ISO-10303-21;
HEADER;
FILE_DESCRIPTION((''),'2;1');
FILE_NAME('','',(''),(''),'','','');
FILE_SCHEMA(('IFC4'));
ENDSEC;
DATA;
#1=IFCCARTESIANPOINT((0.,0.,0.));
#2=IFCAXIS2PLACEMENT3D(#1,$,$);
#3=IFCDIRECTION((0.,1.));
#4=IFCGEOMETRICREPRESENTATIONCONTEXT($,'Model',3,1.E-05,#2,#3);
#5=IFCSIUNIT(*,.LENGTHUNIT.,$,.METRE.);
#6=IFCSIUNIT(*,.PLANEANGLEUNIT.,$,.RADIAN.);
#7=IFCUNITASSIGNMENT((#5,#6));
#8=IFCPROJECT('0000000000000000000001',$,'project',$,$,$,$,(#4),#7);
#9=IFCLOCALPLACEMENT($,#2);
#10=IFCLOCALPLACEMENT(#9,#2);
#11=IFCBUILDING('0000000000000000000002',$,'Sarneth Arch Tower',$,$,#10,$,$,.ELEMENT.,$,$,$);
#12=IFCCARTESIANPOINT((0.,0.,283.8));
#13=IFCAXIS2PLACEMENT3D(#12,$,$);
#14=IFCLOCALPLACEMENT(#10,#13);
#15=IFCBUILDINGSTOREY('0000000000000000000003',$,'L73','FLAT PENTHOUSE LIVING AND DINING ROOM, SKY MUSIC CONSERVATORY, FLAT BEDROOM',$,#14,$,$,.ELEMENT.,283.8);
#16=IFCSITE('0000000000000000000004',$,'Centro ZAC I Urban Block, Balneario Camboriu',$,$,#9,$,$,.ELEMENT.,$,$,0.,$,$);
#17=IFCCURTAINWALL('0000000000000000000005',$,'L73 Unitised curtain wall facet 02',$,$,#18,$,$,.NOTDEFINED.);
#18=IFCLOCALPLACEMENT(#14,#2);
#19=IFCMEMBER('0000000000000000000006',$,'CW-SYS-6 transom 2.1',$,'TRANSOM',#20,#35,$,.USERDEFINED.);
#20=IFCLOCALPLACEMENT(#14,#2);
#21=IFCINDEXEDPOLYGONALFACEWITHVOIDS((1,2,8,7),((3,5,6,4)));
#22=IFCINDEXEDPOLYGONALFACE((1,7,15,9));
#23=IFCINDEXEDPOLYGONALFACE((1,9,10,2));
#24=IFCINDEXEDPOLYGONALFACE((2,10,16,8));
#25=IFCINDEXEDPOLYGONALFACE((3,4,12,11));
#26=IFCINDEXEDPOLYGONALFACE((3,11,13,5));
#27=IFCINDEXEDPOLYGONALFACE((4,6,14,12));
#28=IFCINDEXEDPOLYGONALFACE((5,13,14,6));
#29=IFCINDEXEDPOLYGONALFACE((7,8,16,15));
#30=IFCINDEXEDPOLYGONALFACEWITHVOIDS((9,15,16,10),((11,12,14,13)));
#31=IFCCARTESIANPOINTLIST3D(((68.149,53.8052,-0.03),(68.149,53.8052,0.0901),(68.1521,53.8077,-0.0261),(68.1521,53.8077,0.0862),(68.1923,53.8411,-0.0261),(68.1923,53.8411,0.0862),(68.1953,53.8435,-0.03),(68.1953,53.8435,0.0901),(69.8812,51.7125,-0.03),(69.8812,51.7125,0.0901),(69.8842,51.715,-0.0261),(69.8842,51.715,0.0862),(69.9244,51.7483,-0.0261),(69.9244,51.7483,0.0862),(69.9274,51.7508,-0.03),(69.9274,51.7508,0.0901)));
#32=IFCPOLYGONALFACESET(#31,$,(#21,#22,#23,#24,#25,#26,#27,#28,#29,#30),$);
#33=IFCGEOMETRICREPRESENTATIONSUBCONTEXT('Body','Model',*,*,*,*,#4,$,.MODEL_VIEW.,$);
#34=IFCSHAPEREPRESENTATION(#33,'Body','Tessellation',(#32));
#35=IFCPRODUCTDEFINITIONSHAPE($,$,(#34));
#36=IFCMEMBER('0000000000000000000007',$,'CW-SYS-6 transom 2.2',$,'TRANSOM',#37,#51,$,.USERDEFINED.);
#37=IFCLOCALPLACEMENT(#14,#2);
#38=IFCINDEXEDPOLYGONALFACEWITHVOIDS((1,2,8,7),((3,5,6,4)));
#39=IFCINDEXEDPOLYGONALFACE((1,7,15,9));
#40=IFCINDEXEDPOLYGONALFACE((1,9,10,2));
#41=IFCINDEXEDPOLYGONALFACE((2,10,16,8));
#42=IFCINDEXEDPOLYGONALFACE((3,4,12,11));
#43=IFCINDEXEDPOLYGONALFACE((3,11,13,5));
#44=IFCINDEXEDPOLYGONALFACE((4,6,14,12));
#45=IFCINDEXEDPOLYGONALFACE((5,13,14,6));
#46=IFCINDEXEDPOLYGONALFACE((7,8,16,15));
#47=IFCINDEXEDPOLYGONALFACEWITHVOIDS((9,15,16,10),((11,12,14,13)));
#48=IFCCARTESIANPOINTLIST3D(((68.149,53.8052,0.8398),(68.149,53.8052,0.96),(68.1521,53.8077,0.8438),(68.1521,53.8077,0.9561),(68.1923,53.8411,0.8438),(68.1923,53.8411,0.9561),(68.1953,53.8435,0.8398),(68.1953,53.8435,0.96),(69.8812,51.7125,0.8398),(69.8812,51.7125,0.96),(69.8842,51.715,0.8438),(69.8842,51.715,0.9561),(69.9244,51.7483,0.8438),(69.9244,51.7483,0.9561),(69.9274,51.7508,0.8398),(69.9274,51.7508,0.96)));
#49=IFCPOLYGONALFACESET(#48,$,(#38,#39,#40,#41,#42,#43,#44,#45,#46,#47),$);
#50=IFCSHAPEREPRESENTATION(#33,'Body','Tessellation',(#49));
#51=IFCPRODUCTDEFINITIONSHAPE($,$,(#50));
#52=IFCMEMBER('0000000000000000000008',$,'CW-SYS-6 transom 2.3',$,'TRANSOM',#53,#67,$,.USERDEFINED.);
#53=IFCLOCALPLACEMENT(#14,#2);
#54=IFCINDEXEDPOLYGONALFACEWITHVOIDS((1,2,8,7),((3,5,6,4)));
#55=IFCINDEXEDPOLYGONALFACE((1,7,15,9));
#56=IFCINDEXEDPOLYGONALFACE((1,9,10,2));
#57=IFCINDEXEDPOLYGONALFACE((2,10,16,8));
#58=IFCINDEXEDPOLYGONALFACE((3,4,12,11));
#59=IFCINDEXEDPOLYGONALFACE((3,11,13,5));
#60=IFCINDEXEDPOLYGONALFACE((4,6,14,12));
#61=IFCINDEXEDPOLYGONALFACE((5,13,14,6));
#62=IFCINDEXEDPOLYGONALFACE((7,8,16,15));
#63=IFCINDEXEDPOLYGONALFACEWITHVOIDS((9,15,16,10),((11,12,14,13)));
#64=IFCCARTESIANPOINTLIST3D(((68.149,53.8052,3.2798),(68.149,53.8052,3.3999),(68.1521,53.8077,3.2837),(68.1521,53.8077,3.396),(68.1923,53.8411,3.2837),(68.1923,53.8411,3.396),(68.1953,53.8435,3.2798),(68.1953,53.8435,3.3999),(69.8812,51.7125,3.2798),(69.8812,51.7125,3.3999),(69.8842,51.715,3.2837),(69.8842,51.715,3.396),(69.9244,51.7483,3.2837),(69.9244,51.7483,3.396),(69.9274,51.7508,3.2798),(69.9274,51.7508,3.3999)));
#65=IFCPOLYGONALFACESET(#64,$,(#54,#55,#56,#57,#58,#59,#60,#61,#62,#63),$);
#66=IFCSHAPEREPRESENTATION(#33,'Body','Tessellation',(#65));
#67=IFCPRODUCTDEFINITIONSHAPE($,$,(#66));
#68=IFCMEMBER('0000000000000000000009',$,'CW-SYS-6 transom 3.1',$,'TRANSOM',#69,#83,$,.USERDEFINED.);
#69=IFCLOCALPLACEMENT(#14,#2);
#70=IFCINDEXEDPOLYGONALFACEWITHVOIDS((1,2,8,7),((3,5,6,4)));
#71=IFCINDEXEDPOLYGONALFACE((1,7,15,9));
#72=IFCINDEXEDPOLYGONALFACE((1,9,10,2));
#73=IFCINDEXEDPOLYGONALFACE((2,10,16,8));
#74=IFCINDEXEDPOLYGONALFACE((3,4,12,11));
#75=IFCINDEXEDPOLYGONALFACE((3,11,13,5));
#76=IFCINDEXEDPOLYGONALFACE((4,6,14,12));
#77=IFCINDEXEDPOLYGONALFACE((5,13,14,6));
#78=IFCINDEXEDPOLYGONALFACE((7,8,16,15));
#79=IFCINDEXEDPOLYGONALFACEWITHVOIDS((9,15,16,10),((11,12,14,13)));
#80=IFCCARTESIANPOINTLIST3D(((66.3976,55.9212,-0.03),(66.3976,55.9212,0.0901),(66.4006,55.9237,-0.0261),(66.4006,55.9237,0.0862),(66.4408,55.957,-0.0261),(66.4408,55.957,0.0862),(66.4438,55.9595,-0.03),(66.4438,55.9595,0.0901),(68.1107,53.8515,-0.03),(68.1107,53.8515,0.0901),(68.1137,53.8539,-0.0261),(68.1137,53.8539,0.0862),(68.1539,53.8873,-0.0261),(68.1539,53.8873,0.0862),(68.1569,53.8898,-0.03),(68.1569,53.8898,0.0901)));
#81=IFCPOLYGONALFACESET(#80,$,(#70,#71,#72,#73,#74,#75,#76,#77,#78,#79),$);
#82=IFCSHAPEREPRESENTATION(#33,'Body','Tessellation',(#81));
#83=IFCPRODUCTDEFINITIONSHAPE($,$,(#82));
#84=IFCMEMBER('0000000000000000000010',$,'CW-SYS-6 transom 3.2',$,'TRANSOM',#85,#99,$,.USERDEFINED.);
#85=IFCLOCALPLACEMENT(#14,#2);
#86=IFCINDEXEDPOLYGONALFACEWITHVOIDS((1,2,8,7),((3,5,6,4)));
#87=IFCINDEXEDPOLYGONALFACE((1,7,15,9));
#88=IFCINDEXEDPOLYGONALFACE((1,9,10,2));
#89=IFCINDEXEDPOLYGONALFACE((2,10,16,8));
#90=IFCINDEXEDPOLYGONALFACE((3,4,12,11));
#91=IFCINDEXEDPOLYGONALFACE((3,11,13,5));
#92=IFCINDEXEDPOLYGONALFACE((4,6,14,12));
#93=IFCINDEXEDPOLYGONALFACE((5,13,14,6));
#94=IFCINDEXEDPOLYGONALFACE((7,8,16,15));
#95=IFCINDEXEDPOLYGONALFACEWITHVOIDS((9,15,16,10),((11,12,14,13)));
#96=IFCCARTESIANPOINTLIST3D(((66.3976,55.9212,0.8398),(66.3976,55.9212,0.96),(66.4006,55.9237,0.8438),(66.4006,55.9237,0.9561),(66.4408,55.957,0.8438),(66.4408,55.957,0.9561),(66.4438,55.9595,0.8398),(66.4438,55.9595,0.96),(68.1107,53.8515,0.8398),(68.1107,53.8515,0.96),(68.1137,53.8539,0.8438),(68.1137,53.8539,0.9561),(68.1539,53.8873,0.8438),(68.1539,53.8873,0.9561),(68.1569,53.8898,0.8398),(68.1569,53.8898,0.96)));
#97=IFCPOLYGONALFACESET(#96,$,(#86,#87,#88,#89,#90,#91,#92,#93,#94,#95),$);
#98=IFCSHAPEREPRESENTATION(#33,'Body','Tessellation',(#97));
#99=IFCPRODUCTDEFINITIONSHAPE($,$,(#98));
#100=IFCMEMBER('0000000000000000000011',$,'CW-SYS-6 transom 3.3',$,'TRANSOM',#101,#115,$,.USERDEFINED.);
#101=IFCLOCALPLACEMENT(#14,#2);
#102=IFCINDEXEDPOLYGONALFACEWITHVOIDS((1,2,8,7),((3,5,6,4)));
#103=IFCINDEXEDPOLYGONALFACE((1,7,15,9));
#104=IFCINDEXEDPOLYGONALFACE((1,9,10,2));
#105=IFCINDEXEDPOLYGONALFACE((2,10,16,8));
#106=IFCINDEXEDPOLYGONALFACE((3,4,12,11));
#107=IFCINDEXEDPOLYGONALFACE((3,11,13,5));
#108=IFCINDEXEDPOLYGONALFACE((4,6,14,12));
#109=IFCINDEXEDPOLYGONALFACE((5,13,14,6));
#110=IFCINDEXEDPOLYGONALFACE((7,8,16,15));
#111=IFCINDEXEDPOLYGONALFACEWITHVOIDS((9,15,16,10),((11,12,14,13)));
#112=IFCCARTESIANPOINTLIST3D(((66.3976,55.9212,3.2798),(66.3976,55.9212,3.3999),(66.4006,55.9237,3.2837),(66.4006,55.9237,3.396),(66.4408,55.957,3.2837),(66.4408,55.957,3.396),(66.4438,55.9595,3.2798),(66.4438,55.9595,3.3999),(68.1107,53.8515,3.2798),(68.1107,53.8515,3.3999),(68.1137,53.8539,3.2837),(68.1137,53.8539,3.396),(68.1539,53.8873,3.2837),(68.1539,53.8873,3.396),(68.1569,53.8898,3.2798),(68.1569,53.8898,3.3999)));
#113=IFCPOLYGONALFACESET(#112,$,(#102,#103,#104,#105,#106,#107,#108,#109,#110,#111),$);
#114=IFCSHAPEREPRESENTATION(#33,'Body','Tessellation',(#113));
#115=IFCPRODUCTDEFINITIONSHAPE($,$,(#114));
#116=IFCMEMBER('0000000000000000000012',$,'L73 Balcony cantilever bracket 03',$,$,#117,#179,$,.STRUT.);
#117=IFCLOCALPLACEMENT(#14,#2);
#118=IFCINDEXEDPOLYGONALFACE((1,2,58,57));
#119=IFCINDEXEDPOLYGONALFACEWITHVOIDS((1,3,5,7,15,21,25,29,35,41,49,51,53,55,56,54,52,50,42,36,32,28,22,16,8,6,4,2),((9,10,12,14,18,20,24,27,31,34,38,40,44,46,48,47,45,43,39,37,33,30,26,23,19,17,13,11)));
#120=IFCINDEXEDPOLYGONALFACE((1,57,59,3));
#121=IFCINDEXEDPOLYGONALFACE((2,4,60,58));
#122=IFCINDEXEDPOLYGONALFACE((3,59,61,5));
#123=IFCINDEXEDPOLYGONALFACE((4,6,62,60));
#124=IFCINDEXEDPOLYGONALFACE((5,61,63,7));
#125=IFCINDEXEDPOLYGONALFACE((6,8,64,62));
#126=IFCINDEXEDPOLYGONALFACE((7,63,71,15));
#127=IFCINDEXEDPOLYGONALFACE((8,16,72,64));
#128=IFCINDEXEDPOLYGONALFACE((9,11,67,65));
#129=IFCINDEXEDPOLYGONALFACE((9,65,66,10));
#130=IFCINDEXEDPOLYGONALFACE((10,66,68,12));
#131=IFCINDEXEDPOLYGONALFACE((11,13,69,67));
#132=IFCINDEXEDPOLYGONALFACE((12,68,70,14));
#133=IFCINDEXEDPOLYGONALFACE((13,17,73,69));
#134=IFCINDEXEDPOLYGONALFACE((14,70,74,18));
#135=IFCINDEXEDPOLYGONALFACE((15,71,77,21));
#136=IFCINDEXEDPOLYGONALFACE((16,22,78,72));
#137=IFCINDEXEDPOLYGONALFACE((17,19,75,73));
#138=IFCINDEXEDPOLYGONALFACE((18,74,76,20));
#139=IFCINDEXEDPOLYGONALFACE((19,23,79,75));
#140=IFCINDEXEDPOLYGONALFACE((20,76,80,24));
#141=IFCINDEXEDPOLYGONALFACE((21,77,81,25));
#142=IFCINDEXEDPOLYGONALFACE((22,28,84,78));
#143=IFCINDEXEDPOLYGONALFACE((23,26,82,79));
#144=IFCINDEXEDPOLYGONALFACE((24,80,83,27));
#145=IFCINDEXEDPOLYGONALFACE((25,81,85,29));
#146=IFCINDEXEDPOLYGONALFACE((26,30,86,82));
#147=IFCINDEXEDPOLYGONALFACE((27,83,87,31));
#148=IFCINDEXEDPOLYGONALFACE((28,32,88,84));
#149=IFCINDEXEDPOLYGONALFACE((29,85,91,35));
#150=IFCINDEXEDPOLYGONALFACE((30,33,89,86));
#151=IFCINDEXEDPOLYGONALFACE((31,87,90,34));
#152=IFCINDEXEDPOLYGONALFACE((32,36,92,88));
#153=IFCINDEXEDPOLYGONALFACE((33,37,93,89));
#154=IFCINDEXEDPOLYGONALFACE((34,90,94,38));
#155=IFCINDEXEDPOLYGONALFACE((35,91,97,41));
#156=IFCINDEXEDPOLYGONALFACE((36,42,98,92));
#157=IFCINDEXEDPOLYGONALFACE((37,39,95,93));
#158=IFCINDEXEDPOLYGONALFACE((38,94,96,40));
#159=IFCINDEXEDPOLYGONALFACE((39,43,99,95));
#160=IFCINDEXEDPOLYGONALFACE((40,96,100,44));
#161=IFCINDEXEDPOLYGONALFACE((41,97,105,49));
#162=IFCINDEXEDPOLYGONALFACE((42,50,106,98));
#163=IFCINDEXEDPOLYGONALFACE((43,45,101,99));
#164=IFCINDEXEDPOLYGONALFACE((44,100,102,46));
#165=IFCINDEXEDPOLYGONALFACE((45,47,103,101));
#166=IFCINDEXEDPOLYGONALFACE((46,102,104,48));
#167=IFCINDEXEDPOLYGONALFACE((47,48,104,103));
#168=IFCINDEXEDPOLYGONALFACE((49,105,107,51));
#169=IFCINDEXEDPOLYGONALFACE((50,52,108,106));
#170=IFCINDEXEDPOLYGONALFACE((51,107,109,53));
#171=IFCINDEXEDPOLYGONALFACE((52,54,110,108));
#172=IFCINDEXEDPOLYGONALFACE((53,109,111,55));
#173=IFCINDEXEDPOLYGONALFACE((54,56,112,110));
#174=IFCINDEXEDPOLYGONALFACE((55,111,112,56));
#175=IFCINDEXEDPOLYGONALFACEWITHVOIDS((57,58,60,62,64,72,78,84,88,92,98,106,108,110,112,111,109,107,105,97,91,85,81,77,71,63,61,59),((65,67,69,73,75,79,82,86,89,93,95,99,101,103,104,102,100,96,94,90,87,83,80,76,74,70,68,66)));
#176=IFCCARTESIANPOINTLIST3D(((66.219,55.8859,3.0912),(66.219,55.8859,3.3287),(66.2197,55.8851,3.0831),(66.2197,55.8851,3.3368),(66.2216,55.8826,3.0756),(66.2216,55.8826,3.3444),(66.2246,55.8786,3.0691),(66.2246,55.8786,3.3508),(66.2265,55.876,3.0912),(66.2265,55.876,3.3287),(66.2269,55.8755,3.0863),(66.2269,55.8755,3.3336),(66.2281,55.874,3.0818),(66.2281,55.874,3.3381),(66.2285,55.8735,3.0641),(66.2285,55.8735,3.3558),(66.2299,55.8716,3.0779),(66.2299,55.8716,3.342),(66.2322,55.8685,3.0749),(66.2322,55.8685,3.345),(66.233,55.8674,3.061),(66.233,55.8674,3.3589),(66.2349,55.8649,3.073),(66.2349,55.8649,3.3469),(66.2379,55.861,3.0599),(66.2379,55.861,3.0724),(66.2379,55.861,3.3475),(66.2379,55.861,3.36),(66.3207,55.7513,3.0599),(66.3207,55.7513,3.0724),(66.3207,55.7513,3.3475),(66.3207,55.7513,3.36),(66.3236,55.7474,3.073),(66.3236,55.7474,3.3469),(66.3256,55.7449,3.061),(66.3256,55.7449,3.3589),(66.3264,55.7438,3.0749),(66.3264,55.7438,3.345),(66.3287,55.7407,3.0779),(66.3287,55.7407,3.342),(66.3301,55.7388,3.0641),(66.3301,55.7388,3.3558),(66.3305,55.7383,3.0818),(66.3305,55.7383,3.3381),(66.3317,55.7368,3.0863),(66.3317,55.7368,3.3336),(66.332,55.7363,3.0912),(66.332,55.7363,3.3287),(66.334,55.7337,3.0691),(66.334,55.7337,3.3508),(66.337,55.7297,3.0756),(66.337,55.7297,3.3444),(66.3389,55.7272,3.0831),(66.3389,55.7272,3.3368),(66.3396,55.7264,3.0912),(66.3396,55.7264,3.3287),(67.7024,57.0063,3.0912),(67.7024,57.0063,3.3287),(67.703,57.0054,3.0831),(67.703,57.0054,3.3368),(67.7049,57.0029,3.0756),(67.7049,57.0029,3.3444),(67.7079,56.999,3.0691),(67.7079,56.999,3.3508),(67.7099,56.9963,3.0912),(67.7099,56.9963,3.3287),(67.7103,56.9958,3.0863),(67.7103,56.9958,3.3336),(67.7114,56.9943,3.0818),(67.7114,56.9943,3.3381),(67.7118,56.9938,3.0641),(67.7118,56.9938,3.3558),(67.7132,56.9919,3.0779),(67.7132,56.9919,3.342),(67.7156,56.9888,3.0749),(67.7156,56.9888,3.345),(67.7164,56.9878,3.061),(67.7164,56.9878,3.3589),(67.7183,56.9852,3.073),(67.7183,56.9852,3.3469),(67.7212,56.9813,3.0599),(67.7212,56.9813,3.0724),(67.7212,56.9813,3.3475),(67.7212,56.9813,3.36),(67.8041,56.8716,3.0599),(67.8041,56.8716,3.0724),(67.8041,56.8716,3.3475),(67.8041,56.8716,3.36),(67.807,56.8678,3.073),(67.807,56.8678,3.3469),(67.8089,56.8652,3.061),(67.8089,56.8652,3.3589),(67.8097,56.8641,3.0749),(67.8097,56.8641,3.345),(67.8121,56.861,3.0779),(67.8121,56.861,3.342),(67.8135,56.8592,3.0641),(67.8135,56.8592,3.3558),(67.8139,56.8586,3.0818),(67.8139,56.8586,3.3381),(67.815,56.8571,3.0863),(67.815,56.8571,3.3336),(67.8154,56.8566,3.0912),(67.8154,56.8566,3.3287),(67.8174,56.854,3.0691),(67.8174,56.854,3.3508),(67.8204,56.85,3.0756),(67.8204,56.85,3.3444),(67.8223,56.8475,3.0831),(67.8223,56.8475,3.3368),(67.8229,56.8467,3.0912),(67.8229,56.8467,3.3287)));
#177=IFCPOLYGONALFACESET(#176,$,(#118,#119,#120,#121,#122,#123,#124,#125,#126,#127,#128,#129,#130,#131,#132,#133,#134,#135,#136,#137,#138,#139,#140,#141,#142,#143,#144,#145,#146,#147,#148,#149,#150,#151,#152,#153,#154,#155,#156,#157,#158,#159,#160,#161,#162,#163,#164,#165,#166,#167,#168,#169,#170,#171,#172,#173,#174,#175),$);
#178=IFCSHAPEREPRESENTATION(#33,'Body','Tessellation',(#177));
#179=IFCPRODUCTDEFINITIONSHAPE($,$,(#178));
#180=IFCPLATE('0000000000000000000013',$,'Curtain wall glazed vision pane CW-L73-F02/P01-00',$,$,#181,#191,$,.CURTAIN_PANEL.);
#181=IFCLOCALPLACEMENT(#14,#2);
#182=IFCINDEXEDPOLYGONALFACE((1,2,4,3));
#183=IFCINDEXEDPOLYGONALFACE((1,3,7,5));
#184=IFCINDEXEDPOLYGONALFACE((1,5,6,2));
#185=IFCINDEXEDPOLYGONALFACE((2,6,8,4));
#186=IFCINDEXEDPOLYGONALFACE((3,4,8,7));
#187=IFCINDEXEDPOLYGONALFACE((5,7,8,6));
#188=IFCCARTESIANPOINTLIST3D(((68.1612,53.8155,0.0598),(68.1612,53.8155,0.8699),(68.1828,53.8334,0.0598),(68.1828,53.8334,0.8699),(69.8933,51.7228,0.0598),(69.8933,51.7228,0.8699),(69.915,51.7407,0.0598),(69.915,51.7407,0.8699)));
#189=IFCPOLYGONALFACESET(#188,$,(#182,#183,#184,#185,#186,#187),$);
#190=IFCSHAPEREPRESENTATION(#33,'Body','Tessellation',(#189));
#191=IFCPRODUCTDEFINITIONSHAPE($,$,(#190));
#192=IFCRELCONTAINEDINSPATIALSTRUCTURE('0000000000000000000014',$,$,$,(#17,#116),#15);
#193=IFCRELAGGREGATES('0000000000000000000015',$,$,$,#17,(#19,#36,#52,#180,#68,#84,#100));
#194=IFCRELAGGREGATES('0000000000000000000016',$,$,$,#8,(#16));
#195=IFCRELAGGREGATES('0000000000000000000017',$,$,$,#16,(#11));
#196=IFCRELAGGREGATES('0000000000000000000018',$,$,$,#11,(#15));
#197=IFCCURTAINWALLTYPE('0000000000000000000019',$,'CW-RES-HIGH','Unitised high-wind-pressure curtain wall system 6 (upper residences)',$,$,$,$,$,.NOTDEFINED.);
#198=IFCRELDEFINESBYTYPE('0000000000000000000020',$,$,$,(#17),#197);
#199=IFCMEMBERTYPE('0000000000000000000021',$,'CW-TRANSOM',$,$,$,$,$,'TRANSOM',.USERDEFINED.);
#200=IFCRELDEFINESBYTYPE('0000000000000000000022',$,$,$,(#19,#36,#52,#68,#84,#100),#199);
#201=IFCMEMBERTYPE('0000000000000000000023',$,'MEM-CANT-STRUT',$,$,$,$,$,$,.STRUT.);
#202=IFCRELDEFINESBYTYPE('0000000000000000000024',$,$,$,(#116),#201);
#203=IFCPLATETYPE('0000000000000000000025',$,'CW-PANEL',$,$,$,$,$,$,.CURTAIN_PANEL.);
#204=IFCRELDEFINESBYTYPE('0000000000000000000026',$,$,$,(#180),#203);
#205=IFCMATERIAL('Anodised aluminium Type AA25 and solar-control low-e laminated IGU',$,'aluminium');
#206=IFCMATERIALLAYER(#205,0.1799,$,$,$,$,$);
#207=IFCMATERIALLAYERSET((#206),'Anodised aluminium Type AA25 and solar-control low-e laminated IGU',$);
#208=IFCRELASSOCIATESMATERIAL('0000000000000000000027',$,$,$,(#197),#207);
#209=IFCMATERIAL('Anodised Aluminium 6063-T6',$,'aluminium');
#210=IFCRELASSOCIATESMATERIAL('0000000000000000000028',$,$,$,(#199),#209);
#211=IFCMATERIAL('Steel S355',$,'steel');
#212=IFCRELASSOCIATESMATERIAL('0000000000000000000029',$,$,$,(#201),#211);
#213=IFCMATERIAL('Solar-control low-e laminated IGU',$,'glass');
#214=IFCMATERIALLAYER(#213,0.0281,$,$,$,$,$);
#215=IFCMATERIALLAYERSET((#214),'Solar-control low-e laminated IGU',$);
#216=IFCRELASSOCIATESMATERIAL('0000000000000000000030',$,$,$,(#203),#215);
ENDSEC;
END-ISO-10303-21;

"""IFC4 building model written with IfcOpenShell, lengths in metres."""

from ifc_helpers import new_model, si_unit, direction, frame, origin, origin_2d, place, context, subcontext, project, spatial, rectangle, hollow_rectangle, extrude, material, layer, layer_set, material_profile, profile_set, type_object, element, aggregate, save


model = new_model("IFC4")

# Units and contexts
model_context = context("Model", 3, precision=1e-05, world=origin(), true_north=direction((0.0, 1.0)))
body_context = subcontext(model_context, "Body", "Model", "MODEL_VIEW")
ifc_project = project(units=[si_unit("LENGTHUNIT", "METRE"), si_unit("PLANEANGLEUNIT", "RADIAN")], contexts=[model_context])

# Site, building, storey
site_placement = place(None, origin())
site = spatial("IfcSite", under=ifc_project, at=site_placement, Name="Centro ZAC I Urban Block, Balneario Camboriu", CompositionType="ELEMENT", RefElevation=0.0)
building_placement = place(site_placement, origin())
building = spatial("IfcBuilding", under=site, at=building_placement, Name="Sarneth Arch Tower", CompositionType="ELEMENT")
storey_placement = place(building_placement, frame((0.0, 0.0, 283.8)))
storey = spatial("IfcBuildingStorey", under=building, at=storey_placement, Name="L73", Description="FLAT PENTHOUSE LIVING AND DINING ROOM, SKY MUSIC CONSERVATORY, FLAT BEDROOM", CompositionType="ELEMENT", Elevation=283.8)

# Curtain wall, members
ifc_material_1 = material(Name="Anodised aluminium Type AA25 and solar-control low-e laminated IGU", Category="aluminium")
ifc_layer_1 = layer(ifc_material_1, 0.1799)
ifc_layer_set_1 = layer_set([ifc_layer_1], Name="Anodised aluminium Type AA25 and solar-control low-e laminated IGU")
curtain_wall_type = type_object("IfcCurtainWallType", Name="CW-RES-HIGH", Description="Unitised high-wind-pressure curtain wall system 6 (upper residences)", PredefinedType="NOTDEFINED", material=ifc_layer_set_1)
curtain_wall_placement = place(storey_placement, origin())
curtain_wall = element("IfcCurtainWall", 1, at=curtain_wall_placement, inside=storey, type_object=curtain_wall_type, Name="L73 Unitised curtain wall facet 02", PredefinedType="NOTDEFINED")
ifc_material_2 = material(Name="Anodised Aluminium 6063-T6", Category="aluminium")
ifc_material_profile_1 = material_profile(ifc_material_2, hollow_rectangle(XDim=0.0601, YDim=0.1201, WallThickness=0.0039, at=origin_2d()), Name="AL-TRAN-120x60x4")
ifc_profile_set_1 = profile_set([ifc_material_profile_1], Name="Anodised Aluminium 6063-T6")
member_type_1 = type_object("IfcMemberType", Name="CW-TRANSOM", ElementType="TRANSOM", PredefinedType="USERDEFINED", material=ifc_profile_set_1)
member_1_placement = place(storey_placement, frame((69.9043, 51.7317, 0.03), z_axis=(-0.637617, 0.770353, 0.0), x_axis=(-0.770353, -0.637617, 0.0)))
member_1 = element("IfcMember", 2, at=member_1_placement, type_object=member_type_1, Name="CW-SYS-6 transom 2.1", ObjectType="TRANSOM", PredefinedType="USERDEFINED", context=body_context, shape_type="SweptSolid", body=[
    extrude(hollow_rectangle(XDim=0.0601, YDim=0.1201, WallThickness=0.0039, at=origin_2d()), origin(), (0.0, 0.0, 1.0), 2.7166),
])
member_2_placement = place(storey_placement, frame((69.9043, 51.7317, 0.8999), z_axis=(-0.637617, 0.770353, 0.0), x_axis=(-0.770353, -0.637617, 0.0)))
member_2 = element("IfcMember", 3, at=member_2_placement, type_object=member_type_1, Name="CW-SYS-6 transom 2.2", ObjectType="TRANSOM", PredefinedType="USERDEFINED", context=body_context, shape_type="SweptSolid", body=[
    extrude(hollow_rectangle(XDim=0.0601, YDim=0.1201, WallThickness=0.0039, at=origin_2d()), origin(), (0.0, 0.0, 1.0), 2.7166),
])
member_3_placement = place(storey_placement, frame((69.9043, 51.7317, 3.3398), z_axis=(-0.637617, 0.770353, 0.0), x_axis=(-0.770353, -0.637617, 0.0)))
member_3 = element("IfcMember", 4, at=member_3_placement, type_object=member_type_1, Name="CW-SYS-6 transom 2.3", ObjectType="TRANSOM", PredefinedType="USERDEFINED", context=body_context, shape_type="SweptSolid", body=[
    extrude(hollow_rectangle(XDim=0.0601, YDim=0.1201, WallThickness=0.0039, at=origin_2d()), origin(), (0.0, 0.0, 1.0), 2.7166),
])
member_4_placement = place(storey_placement, frame((68.1338, 53.8706, 0.03), z_axis=(-0.637607, 0.770362, 0.0), x_axis=(-0.770362, -0.637607, 0.0)))
member_4 = element("IfcMember", 5, at=member_4_placement, type_object=member_type_1, Name="CW-SYS-6 transom 3.1", ObjectType="TRANSOM", PredefinedType="USERDEFINED", context=body_context, shape_type="SweptSolid", body=[
    extrude(hollow_rectangle(XDim=0.0601, YDim=0.1201, WallThickness=0.0039, at=origin_2d()), origin(), (0.0, 0.0, 1.0), 2.6868),
])
member_5_placement = place(storey_placement, frame((68.1338, 53.8706, 0.8999), z_axis=(-0.637607, 0.770362, 0.0), x_axis=(-0.770362, -0.637607, 0.0)))
member_5 = element("IfcMember", 6, at=member_5_placement, type_object=member_type_1, Name="CW-SYS-6 transom 3.2", ObjectType="TRANSOM", PredefinedType="USERDEFINED", context=body_context, shape_type="SweptSolid", body=[
    extrude(hollow_rectangle(XDim=0.0601, YDim=0.1201, WallThickness=0.0039, at=origin_2d()), origin(), (0.0, 0.0, 1.0), 2.6868),
])
member_6_placement = place(storey_placement, frame((68.1338, 53.8706, 3.3398), z_axis=(-0.637607, 0.770362, 0.0), x_axis=(-0.770362, -0.637607, 0.0)))
member_6 = element("IfcMember", 7, at=member_6_placement, type_object=member_type_1, Name="CW-SYS-6 transom 3.3", ObjectType="TRANSOM", PredefinedType="USERDEFINED", context=body_context, shape_type="SweptSolid", body=[
    extrude(hollow_rectangle(XDim=0.0601, YDim=0.1201, WallThickness=0.0039, at=origin_2d()), origin(), (0.0, 0.0, 1.0), 2.6868),
])

# Member
ifc_material_3 = material(Name="Steel S355", Category="steel")
ifc_material_profile_2 = material_profile(ifc_material_3, hollow_rectangle(XDim=0.2, YDim=0.3, WallThickness=0.0125, InnerFilletRadius=0.0188, OuterFilletRadius=0.0312, at=origin_2d()), Name="RHS300x200x12.5")
ifc_profile_set_2 = profile_set([ifc_material_profile_2], Name="Steel S355")
member_type_2 = type_object("IfcMemberType", Name="MEM-CANT-STRUT", PredefinedType="STRUT", material=ifc_profile_set_2)
member_7_placement = place(storey_placement, frame((66.2793, 55.8062, 3.21), z_axis=(0.797978, 0.602686, 0.0), x_axis=(-0.602686, 0.797978, 0.0)))
element("IfcMember", 8, at=member_7_placement, inside=storey, type_object=member_type_2, Name="L73 Balcony cantilever bracket 03", PredefinedType="STRUT", context=body_context, shape_type="SweptSolid", body=[
    extrude(hollow_rectangle(XDim=0.2, YDim=0.3, WallThickness=0.0125, InnerFilletRadius=0.0188, OuterFilletRadius=0.0312, at=origin_2d()), origin(), (0.0, 0.0, 1.0), 1.8589),
])

# Plate
ifc_material_4 = material(Name="Solar-control low-e laminated IGU", Category="glass")
ifc_layer_2 = layer(ifc_material_4, 0.0281)
ifc_layer_set_2 = layer_set([ifc_layer_2], Name="Solar-control low-e laminated IGU")
plate_type_1 = type_object("IfcPlateType", Name="CW-PANEL", PredefinedType="CURTAIN_PANEL", material=ifc_layer_set_2)
plate_1_placement = place(storey_placement, frame((69.0381, 52.7781, 0.0598), z_axis=(0.0, 0.0, 1.0), x_axis=(-0.63761, 0.770359, 0.0)))
plate_1 = element("IfcPlate", 9, at=plate_1_placement, type_object=plate_type_1, Name="Curtain wall glazed vision pane CW-L73-F02/P01-00", PredefinedType="CURTAIN_PANEL", context=body_context, shape_type="SweptSolid", body=[
    extrude(rectangle(XDim=2.7166, YDim=0.0281, at=origin_2d()), origin(), (0.0, 0.0, 1.0), 0.8101),
])
aggregate(curtain_wall, [member_1, member_2, member_3, plate_1, member_4, member_5, member_6])

save(model, "model.ifc")
